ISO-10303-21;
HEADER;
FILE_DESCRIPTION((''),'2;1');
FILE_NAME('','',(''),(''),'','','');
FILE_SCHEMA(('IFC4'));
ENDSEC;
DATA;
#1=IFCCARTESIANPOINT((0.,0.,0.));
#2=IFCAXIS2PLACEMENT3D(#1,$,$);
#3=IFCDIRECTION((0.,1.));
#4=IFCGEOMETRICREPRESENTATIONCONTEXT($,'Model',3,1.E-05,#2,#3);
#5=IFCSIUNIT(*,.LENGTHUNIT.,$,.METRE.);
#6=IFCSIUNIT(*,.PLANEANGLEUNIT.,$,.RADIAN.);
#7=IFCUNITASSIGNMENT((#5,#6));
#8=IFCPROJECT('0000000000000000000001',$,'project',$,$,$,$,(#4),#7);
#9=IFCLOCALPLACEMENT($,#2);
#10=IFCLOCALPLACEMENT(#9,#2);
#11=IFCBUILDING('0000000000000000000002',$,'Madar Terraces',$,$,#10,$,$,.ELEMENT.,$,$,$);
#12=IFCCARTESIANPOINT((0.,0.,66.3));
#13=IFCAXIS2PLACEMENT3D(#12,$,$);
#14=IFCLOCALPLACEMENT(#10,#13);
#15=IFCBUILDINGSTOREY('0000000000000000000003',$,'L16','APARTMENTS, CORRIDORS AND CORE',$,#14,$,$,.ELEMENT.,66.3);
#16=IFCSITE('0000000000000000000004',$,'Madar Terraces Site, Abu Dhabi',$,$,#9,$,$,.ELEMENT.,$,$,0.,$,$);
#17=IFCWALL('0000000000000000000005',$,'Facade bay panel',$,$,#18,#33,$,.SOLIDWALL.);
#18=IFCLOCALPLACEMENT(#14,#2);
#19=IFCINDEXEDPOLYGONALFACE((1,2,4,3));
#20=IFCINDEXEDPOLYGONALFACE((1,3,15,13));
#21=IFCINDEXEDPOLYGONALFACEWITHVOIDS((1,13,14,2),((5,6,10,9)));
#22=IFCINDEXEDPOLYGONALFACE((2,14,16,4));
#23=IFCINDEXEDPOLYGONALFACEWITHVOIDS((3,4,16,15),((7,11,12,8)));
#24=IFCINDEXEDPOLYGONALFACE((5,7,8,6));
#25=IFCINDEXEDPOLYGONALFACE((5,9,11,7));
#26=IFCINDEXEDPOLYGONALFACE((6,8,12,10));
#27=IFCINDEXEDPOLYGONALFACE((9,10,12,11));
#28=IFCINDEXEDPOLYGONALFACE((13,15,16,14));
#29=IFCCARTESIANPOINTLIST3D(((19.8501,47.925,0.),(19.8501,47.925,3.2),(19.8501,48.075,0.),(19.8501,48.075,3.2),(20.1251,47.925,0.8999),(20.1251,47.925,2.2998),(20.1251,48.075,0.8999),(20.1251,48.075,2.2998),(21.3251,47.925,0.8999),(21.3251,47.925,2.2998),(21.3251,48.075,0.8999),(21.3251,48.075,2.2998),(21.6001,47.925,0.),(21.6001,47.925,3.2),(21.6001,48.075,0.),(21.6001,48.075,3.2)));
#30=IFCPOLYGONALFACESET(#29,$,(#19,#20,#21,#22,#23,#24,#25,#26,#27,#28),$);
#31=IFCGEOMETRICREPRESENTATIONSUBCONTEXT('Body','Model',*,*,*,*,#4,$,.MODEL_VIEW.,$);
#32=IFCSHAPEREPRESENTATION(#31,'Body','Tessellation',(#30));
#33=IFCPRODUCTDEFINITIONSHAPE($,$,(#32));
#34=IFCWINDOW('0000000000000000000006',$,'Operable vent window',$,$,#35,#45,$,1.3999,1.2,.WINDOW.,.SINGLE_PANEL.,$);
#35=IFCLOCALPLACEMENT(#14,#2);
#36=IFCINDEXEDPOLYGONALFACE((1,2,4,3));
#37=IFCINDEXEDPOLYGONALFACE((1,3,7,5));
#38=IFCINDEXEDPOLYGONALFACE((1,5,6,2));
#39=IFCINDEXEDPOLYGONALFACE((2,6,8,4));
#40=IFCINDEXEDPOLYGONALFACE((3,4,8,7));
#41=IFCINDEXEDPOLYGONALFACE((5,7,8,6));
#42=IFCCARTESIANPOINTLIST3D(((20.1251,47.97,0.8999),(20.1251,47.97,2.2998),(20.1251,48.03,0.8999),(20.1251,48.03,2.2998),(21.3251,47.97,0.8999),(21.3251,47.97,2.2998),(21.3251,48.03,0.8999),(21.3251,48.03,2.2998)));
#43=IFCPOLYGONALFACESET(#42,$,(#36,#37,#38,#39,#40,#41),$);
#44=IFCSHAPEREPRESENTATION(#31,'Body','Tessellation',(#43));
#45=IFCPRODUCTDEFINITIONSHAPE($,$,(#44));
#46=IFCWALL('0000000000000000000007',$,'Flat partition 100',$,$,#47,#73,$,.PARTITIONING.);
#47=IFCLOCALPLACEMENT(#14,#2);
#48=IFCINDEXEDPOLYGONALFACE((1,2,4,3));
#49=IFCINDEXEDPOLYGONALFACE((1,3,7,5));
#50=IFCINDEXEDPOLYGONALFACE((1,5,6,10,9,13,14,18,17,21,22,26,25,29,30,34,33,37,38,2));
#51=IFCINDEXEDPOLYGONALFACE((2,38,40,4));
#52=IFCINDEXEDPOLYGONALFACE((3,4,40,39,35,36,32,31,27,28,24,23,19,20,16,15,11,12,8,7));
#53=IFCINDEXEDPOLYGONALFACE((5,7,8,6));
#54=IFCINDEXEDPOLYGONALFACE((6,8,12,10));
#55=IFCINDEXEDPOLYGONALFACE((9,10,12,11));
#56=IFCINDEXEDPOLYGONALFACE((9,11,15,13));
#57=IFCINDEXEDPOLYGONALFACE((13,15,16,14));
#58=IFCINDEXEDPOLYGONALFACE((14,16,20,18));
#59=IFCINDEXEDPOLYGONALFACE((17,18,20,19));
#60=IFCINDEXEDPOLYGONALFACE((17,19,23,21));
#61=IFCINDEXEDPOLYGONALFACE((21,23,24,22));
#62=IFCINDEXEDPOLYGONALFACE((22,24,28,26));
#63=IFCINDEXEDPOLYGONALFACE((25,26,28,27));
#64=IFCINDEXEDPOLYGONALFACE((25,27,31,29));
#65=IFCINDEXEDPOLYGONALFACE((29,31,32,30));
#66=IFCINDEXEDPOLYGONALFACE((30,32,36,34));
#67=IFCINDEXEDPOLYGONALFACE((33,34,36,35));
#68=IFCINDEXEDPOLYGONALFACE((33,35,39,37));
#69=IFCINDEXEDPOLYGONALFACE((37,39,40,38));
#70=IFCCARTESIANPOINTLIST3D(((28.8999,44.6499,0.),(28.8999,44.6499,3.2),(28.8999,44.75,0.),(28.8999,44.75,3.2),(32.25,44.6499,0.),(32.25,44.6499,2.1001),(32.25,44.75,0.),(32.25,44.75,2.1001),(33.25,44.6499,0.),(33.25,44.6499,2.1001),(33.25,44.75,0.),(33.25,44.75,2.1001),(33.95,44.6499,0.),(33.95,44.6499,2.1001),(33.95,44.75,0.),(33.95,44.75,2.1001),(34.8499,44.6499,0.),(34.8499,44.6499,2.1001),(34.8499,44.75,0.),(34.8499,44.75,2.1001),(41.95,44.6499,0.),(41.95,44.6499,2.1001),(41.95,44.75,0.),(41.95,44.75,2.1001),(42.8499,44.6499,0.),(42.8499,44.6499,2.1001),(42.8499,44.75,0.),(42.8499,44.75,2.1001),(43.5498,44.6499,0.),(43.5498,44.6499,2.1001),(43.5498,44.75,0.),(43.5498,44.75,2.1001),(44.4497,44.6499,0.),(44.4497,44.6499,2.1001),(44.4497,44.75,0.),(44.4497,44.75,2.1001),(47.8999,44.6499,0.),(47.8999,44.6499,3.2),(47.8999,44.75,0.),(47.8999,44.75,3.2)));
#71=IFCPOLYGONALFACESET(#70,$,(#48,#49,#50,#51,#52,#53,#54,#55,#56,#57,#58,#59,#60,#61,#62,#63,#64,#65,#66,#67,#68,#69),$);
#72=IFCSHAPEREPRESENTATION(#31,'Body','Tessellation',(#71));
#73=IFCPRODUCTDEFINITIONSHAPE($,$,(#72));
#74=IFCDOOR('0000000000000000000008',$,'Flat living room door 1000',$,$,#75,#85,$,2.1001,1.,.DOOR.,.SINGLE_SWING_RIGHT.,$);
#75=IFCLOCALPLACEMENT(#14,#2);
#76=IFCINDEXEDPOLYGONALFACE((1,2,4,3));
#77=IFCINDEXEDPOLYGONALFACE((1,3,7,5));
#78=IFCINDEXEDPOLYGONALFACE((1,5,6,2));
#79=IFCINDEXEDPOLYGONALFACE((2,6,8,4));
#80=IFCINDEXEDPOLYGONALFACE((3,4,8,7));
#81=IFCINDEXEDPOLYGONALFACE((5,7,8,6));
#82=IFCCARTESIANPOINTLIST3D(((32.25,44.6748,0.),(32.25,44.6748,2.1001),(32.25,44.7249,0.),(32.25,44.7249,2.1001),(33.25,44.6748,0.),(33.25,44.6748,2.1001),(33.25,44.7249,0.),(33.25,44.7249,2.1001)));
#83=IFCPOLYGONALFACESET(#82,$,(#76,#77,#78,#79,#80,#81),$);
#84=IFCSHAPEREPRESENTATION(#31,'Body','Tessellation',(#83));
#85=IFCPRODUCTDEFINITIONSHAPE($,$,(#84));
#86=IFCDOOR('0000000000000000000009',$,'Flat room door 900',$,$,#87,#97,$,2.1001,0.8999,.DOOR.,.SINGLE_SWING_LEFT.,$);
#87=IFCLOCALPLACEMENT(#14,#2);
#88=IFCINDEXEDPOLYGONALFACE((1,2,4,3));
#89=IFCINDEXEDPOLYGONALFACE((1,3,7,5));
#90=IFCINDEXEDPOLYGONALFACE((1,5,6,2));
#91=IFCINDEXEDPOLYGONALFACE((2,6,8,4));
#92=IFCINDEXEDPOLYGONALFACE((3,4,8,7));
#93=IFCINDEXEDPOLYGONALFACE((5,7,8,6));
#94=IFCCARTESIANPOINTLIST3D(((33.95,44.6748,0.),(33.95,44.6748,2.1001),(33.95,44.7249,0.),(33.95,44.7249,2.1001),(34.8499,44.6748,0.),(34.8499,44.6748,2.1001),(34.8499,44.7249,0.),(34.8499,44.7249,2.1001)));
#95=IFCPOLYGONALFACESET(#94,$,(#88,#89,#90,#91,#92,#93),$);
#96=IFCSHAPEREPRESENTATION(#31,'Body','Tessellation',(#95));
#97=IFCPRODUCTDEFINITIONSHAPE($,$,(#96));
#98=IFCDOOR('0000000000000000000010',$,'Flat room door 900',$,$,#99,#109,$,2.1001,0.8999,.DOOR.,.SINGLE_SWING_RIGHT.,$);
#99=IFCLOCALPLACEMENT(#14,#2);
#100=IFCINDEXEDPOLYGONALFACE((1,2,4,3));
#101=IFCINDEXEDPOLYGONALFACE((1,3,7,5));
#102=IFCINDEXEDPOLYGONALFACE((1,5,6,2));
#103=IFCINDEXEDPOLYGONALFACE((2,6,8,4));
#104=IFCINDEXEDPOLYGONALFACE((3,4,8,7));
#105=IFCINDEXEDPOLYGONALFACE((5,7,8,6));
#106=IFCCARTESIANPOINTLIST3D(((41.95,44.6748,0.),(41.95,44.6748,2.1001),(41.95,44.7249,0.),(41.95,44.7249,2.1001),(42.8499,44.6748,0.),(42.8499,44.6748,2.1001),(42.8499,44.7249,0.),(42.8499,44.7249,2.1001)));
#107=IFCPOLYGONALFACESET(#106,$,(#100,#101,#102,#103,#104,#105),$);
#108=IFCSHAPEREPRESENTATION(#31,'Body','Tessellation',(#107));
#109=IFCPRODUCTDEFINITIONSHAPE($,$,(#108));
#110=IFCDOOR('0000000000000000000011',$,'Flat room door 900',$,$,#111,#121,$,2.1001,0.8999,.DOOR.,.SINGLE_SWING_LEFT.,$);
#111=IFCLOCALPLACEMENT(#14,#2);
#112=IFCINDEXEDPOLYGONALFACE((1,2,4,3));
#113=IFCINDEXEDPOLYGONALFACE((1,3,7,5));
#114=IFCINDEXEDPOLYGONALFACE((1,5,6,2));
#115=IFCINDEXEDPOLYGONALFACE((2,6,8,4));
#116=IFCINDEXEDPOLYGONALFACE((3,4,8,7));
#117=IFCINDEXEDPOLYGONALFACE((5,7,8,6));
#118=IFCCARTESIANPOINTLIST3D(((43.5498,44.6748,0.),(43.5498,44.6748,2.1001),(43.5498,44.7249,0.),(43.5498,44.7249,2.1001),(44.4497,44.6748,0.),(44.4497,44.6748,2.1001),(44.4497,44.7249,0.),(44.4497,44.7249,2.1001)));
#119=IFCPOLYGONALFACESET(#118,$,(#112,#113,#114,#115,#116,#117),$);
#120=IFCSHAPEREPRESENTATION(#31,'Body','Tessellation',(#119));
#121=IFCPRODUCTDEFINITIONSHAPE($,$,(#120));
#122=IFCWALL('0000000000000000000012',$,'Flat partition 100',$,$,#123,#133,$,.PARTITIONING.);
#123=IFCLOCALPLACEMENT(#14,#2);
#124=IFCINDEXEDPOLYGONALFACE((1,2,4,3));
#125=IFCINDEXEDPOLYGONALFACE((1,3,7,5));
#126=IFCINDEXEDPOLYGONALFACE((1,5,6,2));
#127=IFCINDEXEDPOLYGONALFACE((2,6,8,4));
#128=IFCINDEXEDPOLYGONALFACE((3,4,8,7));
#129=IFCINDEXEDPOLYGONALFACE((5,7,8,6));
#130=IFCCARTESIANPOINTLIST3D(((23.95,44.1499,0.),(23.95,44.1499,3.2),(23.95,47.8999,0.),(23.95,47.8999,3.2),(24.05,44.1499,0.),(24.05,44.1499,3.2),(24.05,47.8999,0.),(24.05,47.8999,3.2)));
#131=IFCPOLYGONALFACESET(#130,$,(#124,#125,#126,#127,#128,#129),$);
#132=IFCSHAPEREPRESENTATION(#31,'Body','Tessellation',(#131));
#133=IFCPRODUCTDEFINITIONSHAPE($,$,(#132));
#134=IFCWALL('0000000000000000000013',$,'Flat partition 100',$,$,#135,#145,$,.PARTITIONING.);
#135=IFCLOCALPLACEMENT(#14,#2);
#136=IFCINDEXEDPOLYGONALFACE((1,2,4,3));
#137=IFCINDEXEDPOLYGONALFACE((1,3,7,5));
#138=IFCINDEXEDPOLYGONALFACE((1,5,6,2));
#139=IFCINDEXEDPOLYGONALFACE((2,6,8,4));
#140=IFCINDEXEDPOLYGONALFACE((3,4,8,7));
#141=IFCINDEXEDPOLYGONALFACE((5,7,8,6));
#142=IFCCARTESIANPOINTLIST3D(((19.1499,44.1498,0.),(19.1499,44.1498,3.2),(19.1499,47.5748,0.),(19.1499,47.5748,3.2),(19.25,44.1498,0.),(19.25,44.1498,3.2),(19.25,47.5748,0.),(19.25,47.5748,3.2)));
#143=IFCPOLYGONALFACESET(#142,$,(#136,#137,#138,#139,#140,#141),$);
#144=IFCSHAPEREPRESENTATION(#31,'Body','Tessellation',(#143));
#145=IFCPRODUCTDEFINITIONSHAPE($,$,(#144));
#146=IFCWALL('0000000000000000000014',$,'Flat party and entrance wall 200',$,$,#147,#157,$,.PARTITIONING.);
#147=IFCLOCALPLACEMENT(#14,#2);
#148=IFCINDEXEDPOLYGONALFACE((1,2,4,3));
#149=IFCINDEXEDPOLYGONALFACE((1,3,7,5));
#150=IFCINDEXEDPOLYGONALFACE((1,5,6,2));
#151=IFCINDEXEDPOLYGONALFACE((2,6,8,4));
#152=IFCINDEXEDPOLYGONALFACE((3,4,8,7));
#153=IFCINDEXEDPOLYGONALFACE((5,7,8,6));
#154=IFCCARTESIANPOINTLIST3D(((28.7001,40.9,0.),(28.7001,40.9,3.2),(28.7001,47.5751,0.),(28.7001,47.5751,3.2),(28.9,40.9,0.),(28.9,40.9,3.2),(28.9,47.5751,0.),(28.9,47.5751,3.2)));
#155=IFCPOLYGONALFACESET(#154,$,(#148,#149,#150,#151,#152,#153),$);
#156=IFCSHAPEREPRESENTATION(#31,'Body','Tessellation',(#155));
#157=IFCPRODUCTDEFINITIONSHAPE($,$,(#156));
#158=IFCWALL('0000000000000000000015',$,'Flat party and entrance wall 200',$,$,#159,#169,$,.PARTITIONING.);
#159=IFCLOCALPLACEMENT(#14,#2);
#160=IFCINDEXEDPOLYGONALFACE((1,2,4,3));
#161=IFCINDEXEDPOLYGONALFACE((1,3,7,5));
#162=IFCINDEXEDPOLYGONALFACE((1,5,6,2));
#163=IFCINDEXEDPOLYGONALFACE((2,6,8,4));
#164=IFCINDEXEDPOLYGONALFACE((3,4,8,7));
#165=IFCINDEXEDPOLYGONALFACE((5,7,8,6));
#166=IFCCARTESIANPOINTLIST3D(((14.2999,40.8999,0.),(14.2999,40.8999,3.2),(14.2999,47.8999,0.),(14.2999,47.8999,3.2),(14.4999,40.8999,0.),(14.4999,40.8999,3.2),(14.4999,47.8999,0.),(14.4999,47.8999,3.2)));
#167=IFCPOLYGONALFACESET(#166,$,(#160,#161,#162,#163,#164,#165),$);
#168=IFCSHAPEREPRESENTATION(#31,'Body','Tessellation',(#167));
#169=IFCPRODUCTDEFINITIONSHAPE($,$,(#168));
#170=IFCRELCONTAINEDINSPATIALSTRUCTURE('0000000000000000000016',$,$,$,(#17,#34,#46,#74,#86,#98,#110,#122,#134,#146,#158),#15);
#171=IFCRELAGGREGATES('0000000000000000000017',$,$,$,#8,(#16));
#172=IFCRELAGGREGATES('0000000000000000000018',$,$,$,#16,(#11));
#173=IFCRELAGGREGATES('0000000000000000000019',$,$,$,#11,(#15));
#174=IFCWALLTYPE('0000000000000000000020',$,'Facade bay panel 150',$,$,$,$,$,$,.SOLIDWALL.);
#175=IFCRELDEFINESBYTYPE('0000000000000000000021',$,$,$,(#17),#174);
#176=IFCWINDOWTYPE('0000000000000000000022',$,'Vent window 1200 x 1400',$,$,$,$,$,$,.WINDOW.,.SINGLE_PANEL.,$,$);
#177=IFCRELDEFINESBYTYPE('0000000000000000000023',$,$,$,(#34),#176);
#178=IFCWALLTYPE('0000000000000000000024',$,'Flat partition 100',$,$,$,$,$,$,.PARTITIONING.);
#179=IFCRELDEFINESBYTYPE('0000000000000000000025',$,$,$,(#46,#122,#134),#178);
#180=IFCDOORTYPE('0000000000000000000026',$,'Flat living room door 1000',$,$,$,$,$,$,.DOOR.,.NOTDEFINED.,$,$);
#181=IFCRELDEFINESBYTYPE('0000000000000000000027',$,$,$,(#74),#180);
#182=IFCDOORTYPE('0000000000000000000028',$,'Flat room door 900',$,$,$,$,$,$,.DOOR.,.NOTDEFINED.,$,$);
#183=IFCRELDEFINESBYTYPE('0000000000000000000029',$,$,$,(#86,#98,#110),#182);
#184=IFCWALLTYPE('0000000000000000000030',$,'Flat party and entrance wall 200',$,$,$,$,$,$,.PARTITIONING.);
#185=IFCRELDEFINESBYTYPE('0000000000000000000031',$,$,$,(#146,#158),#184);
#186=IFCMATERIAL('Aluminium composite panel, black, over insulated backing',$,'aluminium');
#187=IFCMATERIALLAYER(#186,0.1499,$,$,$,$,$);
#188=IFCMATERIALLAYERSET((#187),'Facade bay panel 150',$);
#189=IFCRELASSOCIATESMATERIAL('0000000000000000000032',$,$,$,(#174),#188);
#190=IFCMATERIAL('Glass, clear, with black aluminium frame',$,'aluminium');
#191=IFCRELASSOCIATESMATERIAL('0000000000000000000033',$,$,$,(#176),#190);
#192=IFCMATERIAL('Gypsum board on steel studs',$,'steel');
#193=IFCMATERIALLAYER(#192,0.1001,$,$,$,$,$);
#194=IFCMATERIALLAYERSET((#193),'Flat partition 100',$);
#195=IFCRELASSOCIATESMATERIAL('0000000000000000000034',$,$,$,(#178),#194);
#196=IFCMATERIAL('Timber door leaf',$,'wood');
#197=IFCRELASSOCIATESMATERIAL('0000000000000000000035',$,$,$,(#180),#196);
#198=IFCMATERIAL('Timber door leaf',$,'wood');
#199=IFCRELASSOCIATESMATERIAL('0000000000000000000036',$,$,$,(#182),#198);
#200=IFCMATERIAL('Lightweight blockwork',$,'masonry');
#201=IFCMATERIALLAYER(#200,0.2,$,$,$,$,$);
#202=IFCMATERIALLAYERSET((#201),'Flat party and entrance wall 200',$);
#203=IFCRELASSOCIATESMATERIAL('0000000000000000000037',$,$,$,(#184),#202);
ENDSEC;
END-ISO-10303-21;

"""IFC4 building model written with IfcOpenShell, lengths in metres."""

from ifc_helpers import new_model, si_unit, direction, frame, frame_2d, origin, place, context, subcontext, project, spatial, rectangle, extrude, material, layer, layer_set, type_object, element, fill, save


model = new_model("IFC4")

# Units and contexts
model_context = context("Model", 3, precision=1e-05, world=origin(), true_north=direction((0.0, 1.0)))
body_context = subcontext(model_context, "Body", "Model", "MODEL_VIEW")
ifc_project = project(units=[si_unit("LENGTHUNIT", "METRE"), si_unit("PLANEANGLEUNIT", "RADIAN")], contexts=[model_context])

# Site, building, storey
site_placement = place(None, origin())
site = spatial("IfcSite", under=ifc_project, at=site_placement, Name="Madar Terraces Site, Abu Dhabi", CompositionType="ELEMENT", RefElevation=0.0)
building_placement = place(site_placement, origin())
building = spatial("IfcBuilding", under=site, at=building_placement, Name="Madar Terraces", CompositionType="ELEMENT")
storey_placement = place(building_placement, frame((0.0, 0.0, 66.3)))
storey = spatial("IfcBuildingStorey", under=building, at=storey_placement, Name="L16", Description="APARTMENTS, CORRIDORS AND CORE", CompositionType="ELEMENT", Elevation=66.3)

# Wall, opening, window
ifc_material_1 = material(Name="Aluminium composite panel, black, over insulated backing", Category="aluminium")
ifc_layer_1 = layer(ifc_material_1, 0.1499)
ifc_layer_set_1 = layer_set([ifc_layer_1], Name="Facade bay panel 150")
wall_type_1 = type_object("IfcWallType", Name="Facade bay panel 150", PredefinedType="SOLIDWALL", material=ifc_layer_set_1)
ifc_material_2 = material(Name="Glass, clear, with black aluminium frame", Category="aluminium")
window_type = type_object("IfcWindowType", Name="Vent window 1200 x 1400", PartitioningType="SINGLE_PANEL", PredefinedType="WINDOW", material=ifc_material_2)
wall_1_placement = place(storey_placement, frame((21.6001, 48.0, 0.0), z_axis=(0.0, 0.0, 1.0), x_axis=(-1.0, 0.0, 0.0)))
wall_1 = element("IfcWall", 1, at=wall_1_placement, inside=storey, type_object=wall_type_1, Name="Facade bay panel", PredefinedType="SOLIDWALL", context=body_context, shape_type="SweptSolid", body=[
    extrude(rectangle(XDim=1.75, YDim=0.1499, at=frame_2d((0.875, 0.0))), origin(), (0.0, 0.0, 1.0), 3.2),
])
opening_1_placement = place(wall_1_placement, frame((0.2749, 0.0, 0.8999)))
opening_1 = element("IfcOpeningElement", 2, at=opening_1_placement, cuts=wall_1, PredefinedType="OPENING", context=body_context, shape_type="SweptSolid", body=[
    extrude(rectangle(XDim=1.2, YDim=1.3999, at=frame_2d((0.6001, 0.7))), frame((0.0, 0.085, 0.0), z_axis=(0.0, -1.0, 0.0), x_axis=(1.0, 0.0, 0.0)), (0.0, 0.0, 1.0), 0.1699),
])
window_1_placement = place(opening_1_placement, origin())
window_1 = element("IfcWindow", 3, at=window_1_placement, inside=storey, type_object=window_type, Name="Operable vent window", OverallHeight=1.3999, OverallWidth=1.2, PartitioningType="SINGLE_PANEL", PredefinedType="WINDOW", context=body_context, shape_type="SweptSolid", body=[
    extrude(rectangle(XDim=1.2, YDim=1.3999, at=frame_2d((0.6001, 0.7))), frame((0.0, 0.03, 0.0), z_axis=(0.0, -1.0, 0.0), x_axis=(1.0, 0.0, 0.0)), (0.0, 0.0, 1.0), 0.0601),
])
fill(opening_1, window_1)

# Wall, openings, doors
ifc_material_3 = material(Name="Gypsum board on steel studs", Category="steel")
ifc_layer_2 = layer(ifc_material_3, 0.1001)
ifc_layer_set_2 = layer_set([ifc_layer_2], Name="Flat partition 100")
wall_type_2 = type_object("IfcWallType", Name="Flat partition 100", PredefinedType="PARTITIONING", material=ifc_layer_set_2)
wall_2_placement = place(storey_placement, frame((28.8999, 44.7, 0.0), z_axis=(0.0, 0.0, 1.0), x_axis=(1.0, 0.0, 0.0)))
wall_2 = element("IfcWall", 4, at=wall_2_placement, inside=storey, type_object=wall_type_2, Name="Flat partition 100", PredefinedType="PARTITIONING", context=body_context, shape_type="SweptSolid", body=[
    extrude(rectangle(XDim=19.0, YDim=0.1001, at=frame_2d((9.5, 0.0))), origin(), (0.0, 0.0, 1.0), 3.2),
])
opening_2_placement = place(wall_2_placement, frame((3.3501, 0.0, 0.0)))
opening_2 = element("IfcOpeningElement", 5, at=opening_2_placement, cuts=wall_2, PredefinedType="OPENING", context=body_context, shape_type="SweptSolid", body=[
    extrude(rectangle(XDim=1.0, YDim=2.1001, at=frame_2d((0.5, 1.05))), frame((0.0, 0.0601, 0.0), z_axis=(0.0, -1.0, 0.0), x_axis=(1.0, 0.0, 0.0)), (0.0, 0.0, 1.0), 0.1201),
])
opening_3_placement = place(wall_2_placement, frame((5.05, 0.0, 0.0)))
opening_3 = element("IfcOpeningElement", 6, at=opening_3_placement, cuts=wall_2, PredefinedType="OPENING", context=body_context, shape_type="SweptSolid", body=[
    extrude(rectangle(XDim=0.8999, YDim=2.1001, at=frame_2d((0.45, 1.05))), frame((0.0, 0.0601, 0.0), z_axis=(0.0, -1.0, 0.0), x_axis=(1.0, 0.0, 0.0)), (0.0, 0.0, 1.0), 0.1201),
])
opening_4_placement = place(wall_2_placement, frame((13.05, 0.0, 0.0)))
opening_4 = element("IfcOpeningElement", 7, at=opening_4_placement, cuts=wall_2, PredefinedType="OPENING", context=body_context, shape_type="SweptSolid", body=[
    extrude(rectangle(XDim=0.8999, YDim=2.1001, at=frame_2d((0.45, 1.05))), frame((0.0, 0.0601, 0.0), z_axis=(0.0, -1.0, 0.0), x_axis=(1.0, 0.0, 0.0)), (0.0, 0.0, 1.0), 0.1201),
])
opening_5_placement = place(wall_2_placement, frame((14.6499, 0.0, 0.0)))
opening_5 = element("IfcOpeningElement", 8, at=opening_5_placement, cuts=wall_2, PredefinedType="OPENING", context=body_context, shape_type="SweptSolid", body=[
    extrude(rectangle(XDim=0.8999, YDim=2.1001, at=frame_2d((0.45, 1.05))), frame((0.0, 0.0601, 0.0), z_axis=(0.0, -1.0, 0.0), x_axis=(1.0, 0.0, 0.0)), (0.0, 0.0, 1.0), 0.1201),
])
ifc_material_4 = material(Name="Timber door leaf", Category="wood")
door_type_1 = type_object("IfcDoorType", Name="Flat living room door 1000", OperationType="NOTDEFINED", PredefinedType="DOOR", material=ifc_material_4)
door_1_placement = place(opening_2_placement, origin())
door_1 = element("IfcDoor", 9, at=door_1_placement, inside=storey, type_object=door_type_1, Name="Flat living room door 1000", OperationType="SINGLE_SWING_RIGHT", OverallHeight=2.1001, OverallWidth=1.0, PredefinedType="DOOR", context=body_context, shape_type="SweptSolid", body=[
    extrude(rectangle(XDim=1.0, YDim=2.1001, at=frame_2d((0.5, 1.05))), frame((0.0, 0.0249, 0.0), z_axis=(0.0, -1.0, 0.0), x_axis=(1.0, 0.0, 0.0)), (0.0, 0.0, 1.0), 0.05),
])
fill(opening_2, door_1)
ifc_material_5 = material(Name="Timber door leaf", Category="wood")
door_type_2 = type_object("IfcDoorType", Name="Flat room door 900", OperationType="NOTDEFINED", PredefinedType="DOOR", material=ifc_material_5)
door_2_placement = place(opening_3_placement, origin())
door_2 = element("IfcDoor", 10, at=door_2_placement, inside=storey, type_object=door_type_2, Name="Flat room door 900", OperationType="SINGLE_SWING_LEFT", OverallHeight=2.1001, OverallWidth=0.8999, PredefinedType="DOOR", context=body_context, shape_type="SweptSolid", body=[
    extrude(rectangle(XDim=0.8999, YDim=2.1001, at=frame_2d((0.45, 1.05))), frame((0.0, 0.0249, 0.0), z_axis=(0.0, -1.0, 0.0), x_axis=(1.0, 0.0, 0.0)), (0.0, 0.0, 1.0), 0.05),
])
fill(opening_3, door_2)
door_3_placement = place(opening_4_placement, origin())
door_3 = element("IfcDoor", 11, at=door_3_placement, inside=storey, type_object=door_type_2, Name="Flat room door 900", OperationType="SINGLE_SWING_RIGHT", OverallHeight=2.1001, OverallWidth=0.8999, PredefinedType="DOOR", context=body_context, shape_type="SweptSolid", body=[
    extrude(rectangle(XDim=0.8999, YDim=2.1001, at=frame_2d((0.45, 1.05))), frame((0.0, 0.0249, 0.0), z_axis=(0.0, -1.0, 0.0), x_axis=(1.0, 0.0, 0.0)), (0.0, 0.0, 1.0), 0.05),
])
fill(opening_4, door_3)
door_4_placement = place(opening_5_placement, origin())
door_4 = element("IfcDoor", 12, at=door_4_placement, inside=storey, type_object=door_type_2, Name="Flat room door 900", OperationType="SINGLE_SWING_LEFT", OverallHeight=2.1001, OverallWidth=0.8999, PredefinedType="DOOR", context=body_context, shape_type="SweptSolid", body=[
    extrude(rectangle(XDim=0.8999, YDim=2.1001, at=frame_2d((0.45, 1.05))), frame((0.0, 0.0249, 0.0), z_axis=(0.0, -1.0, 0.0), x_axis=(1.0, 0.0, 0.0)), (0.0, 0.0, 1.0), 0.05),
])
fill(opening_5, door_4)

# Walls
wall_3_placement = place(storey_placement, frame((24.0, 44.1499, 0.0), z_axis=(0.0, 0.0, 1.0), x_axis=(0.0, 1.0, 0.0)))
element("IfcWall", 13, at=wall_3_placement, inside=storey, type_object=wall_type_2, Name="Flat partition 100", PredefinedType="PARTITIONING", context=body_context, shape_type="SweptSolid", body=[
    extrude(rectangle(XDim=3.75, YDim=0.1001, at=frame_2d((1.875, 0.0))), origin(), (0.0, 0.0, 1.0), 3.2),
])
wall_4_placement = place(storey_placement, frame((19.2, 44.1499, 0.0), z_axis=(0.0, 0.0, 1.0), x_axis=(0.0, 1.0, 0.0)))
element("IfcWall", 14, at=wall_4_placement, inside=storey, type_object=wall_type_2, Name="Flat partition 100", PredefinedType="PARTITIONING", context=body_context, shape_type="SweptSolid", body=[
    extrude(rectangle(XDim=3.425, YDim=0.1001, at=frame_2d((1.7124, 0.0))), origin(), (0.0, 0.0, 1.0), 3.2),
])
ifc_material_6 = material(Name="Lightweight blockwork", Category="masonry")
ifc_layer_3 = layer(ifc_material_6, 0.2)
ifc_layer_set_3 = layer_set([ifc_layer_3], Name="Flat party and entrance wall 200")
wall_type_3 = type_object("IfcWallType", Name="Flat party and entrance wall 200", PredefinedType="PARTITIONING", material=ifc_layer_set_3)
wall_5_placement = place(storey_placement, frame((28.8, 47.575, 0.0), z_axis=(0.0, 0.0, 1.0), x_axis=(0.0, -1.0, 0.0)))
element("IfcWall", 15, at=wall_5_placement, inside=storey, type_object=wall_type_3, Name="Flat party and entrance wall 200", PredefinedType="PARTITIONING", context=body_context, shape_type="SweptSolid", body=[
    extrude(rectangle(XDim=6.675, YDim=0.2, at=frame_2d((3.3374, 0.0))), origin(), (0.0, 0.0, 1.0), 3.2),
])
wall_6_placement = place(storey_placement, frame((14.3999, 47.8999, 0.0), z_axis=(0.0, 0.0, 1.0), x_axis=(0.0, -1.0, 0.0)))
element("IfcWall", 16, at=wall_6_placement, inside=storey, type_object=wall_type_3, Name="Flat party and entrance wall 200", PredefinedType="PARTITIONING", context=body_context, shape_type="SweptSolid", body=[
    extrude(rectangle(XDim=7.0, YDim=0.2, at=frame_2d((3.5, 0.0))), origin(), (0.0, 0.0, 1.0), 3.2),
])

save(model, "model.ifc")
